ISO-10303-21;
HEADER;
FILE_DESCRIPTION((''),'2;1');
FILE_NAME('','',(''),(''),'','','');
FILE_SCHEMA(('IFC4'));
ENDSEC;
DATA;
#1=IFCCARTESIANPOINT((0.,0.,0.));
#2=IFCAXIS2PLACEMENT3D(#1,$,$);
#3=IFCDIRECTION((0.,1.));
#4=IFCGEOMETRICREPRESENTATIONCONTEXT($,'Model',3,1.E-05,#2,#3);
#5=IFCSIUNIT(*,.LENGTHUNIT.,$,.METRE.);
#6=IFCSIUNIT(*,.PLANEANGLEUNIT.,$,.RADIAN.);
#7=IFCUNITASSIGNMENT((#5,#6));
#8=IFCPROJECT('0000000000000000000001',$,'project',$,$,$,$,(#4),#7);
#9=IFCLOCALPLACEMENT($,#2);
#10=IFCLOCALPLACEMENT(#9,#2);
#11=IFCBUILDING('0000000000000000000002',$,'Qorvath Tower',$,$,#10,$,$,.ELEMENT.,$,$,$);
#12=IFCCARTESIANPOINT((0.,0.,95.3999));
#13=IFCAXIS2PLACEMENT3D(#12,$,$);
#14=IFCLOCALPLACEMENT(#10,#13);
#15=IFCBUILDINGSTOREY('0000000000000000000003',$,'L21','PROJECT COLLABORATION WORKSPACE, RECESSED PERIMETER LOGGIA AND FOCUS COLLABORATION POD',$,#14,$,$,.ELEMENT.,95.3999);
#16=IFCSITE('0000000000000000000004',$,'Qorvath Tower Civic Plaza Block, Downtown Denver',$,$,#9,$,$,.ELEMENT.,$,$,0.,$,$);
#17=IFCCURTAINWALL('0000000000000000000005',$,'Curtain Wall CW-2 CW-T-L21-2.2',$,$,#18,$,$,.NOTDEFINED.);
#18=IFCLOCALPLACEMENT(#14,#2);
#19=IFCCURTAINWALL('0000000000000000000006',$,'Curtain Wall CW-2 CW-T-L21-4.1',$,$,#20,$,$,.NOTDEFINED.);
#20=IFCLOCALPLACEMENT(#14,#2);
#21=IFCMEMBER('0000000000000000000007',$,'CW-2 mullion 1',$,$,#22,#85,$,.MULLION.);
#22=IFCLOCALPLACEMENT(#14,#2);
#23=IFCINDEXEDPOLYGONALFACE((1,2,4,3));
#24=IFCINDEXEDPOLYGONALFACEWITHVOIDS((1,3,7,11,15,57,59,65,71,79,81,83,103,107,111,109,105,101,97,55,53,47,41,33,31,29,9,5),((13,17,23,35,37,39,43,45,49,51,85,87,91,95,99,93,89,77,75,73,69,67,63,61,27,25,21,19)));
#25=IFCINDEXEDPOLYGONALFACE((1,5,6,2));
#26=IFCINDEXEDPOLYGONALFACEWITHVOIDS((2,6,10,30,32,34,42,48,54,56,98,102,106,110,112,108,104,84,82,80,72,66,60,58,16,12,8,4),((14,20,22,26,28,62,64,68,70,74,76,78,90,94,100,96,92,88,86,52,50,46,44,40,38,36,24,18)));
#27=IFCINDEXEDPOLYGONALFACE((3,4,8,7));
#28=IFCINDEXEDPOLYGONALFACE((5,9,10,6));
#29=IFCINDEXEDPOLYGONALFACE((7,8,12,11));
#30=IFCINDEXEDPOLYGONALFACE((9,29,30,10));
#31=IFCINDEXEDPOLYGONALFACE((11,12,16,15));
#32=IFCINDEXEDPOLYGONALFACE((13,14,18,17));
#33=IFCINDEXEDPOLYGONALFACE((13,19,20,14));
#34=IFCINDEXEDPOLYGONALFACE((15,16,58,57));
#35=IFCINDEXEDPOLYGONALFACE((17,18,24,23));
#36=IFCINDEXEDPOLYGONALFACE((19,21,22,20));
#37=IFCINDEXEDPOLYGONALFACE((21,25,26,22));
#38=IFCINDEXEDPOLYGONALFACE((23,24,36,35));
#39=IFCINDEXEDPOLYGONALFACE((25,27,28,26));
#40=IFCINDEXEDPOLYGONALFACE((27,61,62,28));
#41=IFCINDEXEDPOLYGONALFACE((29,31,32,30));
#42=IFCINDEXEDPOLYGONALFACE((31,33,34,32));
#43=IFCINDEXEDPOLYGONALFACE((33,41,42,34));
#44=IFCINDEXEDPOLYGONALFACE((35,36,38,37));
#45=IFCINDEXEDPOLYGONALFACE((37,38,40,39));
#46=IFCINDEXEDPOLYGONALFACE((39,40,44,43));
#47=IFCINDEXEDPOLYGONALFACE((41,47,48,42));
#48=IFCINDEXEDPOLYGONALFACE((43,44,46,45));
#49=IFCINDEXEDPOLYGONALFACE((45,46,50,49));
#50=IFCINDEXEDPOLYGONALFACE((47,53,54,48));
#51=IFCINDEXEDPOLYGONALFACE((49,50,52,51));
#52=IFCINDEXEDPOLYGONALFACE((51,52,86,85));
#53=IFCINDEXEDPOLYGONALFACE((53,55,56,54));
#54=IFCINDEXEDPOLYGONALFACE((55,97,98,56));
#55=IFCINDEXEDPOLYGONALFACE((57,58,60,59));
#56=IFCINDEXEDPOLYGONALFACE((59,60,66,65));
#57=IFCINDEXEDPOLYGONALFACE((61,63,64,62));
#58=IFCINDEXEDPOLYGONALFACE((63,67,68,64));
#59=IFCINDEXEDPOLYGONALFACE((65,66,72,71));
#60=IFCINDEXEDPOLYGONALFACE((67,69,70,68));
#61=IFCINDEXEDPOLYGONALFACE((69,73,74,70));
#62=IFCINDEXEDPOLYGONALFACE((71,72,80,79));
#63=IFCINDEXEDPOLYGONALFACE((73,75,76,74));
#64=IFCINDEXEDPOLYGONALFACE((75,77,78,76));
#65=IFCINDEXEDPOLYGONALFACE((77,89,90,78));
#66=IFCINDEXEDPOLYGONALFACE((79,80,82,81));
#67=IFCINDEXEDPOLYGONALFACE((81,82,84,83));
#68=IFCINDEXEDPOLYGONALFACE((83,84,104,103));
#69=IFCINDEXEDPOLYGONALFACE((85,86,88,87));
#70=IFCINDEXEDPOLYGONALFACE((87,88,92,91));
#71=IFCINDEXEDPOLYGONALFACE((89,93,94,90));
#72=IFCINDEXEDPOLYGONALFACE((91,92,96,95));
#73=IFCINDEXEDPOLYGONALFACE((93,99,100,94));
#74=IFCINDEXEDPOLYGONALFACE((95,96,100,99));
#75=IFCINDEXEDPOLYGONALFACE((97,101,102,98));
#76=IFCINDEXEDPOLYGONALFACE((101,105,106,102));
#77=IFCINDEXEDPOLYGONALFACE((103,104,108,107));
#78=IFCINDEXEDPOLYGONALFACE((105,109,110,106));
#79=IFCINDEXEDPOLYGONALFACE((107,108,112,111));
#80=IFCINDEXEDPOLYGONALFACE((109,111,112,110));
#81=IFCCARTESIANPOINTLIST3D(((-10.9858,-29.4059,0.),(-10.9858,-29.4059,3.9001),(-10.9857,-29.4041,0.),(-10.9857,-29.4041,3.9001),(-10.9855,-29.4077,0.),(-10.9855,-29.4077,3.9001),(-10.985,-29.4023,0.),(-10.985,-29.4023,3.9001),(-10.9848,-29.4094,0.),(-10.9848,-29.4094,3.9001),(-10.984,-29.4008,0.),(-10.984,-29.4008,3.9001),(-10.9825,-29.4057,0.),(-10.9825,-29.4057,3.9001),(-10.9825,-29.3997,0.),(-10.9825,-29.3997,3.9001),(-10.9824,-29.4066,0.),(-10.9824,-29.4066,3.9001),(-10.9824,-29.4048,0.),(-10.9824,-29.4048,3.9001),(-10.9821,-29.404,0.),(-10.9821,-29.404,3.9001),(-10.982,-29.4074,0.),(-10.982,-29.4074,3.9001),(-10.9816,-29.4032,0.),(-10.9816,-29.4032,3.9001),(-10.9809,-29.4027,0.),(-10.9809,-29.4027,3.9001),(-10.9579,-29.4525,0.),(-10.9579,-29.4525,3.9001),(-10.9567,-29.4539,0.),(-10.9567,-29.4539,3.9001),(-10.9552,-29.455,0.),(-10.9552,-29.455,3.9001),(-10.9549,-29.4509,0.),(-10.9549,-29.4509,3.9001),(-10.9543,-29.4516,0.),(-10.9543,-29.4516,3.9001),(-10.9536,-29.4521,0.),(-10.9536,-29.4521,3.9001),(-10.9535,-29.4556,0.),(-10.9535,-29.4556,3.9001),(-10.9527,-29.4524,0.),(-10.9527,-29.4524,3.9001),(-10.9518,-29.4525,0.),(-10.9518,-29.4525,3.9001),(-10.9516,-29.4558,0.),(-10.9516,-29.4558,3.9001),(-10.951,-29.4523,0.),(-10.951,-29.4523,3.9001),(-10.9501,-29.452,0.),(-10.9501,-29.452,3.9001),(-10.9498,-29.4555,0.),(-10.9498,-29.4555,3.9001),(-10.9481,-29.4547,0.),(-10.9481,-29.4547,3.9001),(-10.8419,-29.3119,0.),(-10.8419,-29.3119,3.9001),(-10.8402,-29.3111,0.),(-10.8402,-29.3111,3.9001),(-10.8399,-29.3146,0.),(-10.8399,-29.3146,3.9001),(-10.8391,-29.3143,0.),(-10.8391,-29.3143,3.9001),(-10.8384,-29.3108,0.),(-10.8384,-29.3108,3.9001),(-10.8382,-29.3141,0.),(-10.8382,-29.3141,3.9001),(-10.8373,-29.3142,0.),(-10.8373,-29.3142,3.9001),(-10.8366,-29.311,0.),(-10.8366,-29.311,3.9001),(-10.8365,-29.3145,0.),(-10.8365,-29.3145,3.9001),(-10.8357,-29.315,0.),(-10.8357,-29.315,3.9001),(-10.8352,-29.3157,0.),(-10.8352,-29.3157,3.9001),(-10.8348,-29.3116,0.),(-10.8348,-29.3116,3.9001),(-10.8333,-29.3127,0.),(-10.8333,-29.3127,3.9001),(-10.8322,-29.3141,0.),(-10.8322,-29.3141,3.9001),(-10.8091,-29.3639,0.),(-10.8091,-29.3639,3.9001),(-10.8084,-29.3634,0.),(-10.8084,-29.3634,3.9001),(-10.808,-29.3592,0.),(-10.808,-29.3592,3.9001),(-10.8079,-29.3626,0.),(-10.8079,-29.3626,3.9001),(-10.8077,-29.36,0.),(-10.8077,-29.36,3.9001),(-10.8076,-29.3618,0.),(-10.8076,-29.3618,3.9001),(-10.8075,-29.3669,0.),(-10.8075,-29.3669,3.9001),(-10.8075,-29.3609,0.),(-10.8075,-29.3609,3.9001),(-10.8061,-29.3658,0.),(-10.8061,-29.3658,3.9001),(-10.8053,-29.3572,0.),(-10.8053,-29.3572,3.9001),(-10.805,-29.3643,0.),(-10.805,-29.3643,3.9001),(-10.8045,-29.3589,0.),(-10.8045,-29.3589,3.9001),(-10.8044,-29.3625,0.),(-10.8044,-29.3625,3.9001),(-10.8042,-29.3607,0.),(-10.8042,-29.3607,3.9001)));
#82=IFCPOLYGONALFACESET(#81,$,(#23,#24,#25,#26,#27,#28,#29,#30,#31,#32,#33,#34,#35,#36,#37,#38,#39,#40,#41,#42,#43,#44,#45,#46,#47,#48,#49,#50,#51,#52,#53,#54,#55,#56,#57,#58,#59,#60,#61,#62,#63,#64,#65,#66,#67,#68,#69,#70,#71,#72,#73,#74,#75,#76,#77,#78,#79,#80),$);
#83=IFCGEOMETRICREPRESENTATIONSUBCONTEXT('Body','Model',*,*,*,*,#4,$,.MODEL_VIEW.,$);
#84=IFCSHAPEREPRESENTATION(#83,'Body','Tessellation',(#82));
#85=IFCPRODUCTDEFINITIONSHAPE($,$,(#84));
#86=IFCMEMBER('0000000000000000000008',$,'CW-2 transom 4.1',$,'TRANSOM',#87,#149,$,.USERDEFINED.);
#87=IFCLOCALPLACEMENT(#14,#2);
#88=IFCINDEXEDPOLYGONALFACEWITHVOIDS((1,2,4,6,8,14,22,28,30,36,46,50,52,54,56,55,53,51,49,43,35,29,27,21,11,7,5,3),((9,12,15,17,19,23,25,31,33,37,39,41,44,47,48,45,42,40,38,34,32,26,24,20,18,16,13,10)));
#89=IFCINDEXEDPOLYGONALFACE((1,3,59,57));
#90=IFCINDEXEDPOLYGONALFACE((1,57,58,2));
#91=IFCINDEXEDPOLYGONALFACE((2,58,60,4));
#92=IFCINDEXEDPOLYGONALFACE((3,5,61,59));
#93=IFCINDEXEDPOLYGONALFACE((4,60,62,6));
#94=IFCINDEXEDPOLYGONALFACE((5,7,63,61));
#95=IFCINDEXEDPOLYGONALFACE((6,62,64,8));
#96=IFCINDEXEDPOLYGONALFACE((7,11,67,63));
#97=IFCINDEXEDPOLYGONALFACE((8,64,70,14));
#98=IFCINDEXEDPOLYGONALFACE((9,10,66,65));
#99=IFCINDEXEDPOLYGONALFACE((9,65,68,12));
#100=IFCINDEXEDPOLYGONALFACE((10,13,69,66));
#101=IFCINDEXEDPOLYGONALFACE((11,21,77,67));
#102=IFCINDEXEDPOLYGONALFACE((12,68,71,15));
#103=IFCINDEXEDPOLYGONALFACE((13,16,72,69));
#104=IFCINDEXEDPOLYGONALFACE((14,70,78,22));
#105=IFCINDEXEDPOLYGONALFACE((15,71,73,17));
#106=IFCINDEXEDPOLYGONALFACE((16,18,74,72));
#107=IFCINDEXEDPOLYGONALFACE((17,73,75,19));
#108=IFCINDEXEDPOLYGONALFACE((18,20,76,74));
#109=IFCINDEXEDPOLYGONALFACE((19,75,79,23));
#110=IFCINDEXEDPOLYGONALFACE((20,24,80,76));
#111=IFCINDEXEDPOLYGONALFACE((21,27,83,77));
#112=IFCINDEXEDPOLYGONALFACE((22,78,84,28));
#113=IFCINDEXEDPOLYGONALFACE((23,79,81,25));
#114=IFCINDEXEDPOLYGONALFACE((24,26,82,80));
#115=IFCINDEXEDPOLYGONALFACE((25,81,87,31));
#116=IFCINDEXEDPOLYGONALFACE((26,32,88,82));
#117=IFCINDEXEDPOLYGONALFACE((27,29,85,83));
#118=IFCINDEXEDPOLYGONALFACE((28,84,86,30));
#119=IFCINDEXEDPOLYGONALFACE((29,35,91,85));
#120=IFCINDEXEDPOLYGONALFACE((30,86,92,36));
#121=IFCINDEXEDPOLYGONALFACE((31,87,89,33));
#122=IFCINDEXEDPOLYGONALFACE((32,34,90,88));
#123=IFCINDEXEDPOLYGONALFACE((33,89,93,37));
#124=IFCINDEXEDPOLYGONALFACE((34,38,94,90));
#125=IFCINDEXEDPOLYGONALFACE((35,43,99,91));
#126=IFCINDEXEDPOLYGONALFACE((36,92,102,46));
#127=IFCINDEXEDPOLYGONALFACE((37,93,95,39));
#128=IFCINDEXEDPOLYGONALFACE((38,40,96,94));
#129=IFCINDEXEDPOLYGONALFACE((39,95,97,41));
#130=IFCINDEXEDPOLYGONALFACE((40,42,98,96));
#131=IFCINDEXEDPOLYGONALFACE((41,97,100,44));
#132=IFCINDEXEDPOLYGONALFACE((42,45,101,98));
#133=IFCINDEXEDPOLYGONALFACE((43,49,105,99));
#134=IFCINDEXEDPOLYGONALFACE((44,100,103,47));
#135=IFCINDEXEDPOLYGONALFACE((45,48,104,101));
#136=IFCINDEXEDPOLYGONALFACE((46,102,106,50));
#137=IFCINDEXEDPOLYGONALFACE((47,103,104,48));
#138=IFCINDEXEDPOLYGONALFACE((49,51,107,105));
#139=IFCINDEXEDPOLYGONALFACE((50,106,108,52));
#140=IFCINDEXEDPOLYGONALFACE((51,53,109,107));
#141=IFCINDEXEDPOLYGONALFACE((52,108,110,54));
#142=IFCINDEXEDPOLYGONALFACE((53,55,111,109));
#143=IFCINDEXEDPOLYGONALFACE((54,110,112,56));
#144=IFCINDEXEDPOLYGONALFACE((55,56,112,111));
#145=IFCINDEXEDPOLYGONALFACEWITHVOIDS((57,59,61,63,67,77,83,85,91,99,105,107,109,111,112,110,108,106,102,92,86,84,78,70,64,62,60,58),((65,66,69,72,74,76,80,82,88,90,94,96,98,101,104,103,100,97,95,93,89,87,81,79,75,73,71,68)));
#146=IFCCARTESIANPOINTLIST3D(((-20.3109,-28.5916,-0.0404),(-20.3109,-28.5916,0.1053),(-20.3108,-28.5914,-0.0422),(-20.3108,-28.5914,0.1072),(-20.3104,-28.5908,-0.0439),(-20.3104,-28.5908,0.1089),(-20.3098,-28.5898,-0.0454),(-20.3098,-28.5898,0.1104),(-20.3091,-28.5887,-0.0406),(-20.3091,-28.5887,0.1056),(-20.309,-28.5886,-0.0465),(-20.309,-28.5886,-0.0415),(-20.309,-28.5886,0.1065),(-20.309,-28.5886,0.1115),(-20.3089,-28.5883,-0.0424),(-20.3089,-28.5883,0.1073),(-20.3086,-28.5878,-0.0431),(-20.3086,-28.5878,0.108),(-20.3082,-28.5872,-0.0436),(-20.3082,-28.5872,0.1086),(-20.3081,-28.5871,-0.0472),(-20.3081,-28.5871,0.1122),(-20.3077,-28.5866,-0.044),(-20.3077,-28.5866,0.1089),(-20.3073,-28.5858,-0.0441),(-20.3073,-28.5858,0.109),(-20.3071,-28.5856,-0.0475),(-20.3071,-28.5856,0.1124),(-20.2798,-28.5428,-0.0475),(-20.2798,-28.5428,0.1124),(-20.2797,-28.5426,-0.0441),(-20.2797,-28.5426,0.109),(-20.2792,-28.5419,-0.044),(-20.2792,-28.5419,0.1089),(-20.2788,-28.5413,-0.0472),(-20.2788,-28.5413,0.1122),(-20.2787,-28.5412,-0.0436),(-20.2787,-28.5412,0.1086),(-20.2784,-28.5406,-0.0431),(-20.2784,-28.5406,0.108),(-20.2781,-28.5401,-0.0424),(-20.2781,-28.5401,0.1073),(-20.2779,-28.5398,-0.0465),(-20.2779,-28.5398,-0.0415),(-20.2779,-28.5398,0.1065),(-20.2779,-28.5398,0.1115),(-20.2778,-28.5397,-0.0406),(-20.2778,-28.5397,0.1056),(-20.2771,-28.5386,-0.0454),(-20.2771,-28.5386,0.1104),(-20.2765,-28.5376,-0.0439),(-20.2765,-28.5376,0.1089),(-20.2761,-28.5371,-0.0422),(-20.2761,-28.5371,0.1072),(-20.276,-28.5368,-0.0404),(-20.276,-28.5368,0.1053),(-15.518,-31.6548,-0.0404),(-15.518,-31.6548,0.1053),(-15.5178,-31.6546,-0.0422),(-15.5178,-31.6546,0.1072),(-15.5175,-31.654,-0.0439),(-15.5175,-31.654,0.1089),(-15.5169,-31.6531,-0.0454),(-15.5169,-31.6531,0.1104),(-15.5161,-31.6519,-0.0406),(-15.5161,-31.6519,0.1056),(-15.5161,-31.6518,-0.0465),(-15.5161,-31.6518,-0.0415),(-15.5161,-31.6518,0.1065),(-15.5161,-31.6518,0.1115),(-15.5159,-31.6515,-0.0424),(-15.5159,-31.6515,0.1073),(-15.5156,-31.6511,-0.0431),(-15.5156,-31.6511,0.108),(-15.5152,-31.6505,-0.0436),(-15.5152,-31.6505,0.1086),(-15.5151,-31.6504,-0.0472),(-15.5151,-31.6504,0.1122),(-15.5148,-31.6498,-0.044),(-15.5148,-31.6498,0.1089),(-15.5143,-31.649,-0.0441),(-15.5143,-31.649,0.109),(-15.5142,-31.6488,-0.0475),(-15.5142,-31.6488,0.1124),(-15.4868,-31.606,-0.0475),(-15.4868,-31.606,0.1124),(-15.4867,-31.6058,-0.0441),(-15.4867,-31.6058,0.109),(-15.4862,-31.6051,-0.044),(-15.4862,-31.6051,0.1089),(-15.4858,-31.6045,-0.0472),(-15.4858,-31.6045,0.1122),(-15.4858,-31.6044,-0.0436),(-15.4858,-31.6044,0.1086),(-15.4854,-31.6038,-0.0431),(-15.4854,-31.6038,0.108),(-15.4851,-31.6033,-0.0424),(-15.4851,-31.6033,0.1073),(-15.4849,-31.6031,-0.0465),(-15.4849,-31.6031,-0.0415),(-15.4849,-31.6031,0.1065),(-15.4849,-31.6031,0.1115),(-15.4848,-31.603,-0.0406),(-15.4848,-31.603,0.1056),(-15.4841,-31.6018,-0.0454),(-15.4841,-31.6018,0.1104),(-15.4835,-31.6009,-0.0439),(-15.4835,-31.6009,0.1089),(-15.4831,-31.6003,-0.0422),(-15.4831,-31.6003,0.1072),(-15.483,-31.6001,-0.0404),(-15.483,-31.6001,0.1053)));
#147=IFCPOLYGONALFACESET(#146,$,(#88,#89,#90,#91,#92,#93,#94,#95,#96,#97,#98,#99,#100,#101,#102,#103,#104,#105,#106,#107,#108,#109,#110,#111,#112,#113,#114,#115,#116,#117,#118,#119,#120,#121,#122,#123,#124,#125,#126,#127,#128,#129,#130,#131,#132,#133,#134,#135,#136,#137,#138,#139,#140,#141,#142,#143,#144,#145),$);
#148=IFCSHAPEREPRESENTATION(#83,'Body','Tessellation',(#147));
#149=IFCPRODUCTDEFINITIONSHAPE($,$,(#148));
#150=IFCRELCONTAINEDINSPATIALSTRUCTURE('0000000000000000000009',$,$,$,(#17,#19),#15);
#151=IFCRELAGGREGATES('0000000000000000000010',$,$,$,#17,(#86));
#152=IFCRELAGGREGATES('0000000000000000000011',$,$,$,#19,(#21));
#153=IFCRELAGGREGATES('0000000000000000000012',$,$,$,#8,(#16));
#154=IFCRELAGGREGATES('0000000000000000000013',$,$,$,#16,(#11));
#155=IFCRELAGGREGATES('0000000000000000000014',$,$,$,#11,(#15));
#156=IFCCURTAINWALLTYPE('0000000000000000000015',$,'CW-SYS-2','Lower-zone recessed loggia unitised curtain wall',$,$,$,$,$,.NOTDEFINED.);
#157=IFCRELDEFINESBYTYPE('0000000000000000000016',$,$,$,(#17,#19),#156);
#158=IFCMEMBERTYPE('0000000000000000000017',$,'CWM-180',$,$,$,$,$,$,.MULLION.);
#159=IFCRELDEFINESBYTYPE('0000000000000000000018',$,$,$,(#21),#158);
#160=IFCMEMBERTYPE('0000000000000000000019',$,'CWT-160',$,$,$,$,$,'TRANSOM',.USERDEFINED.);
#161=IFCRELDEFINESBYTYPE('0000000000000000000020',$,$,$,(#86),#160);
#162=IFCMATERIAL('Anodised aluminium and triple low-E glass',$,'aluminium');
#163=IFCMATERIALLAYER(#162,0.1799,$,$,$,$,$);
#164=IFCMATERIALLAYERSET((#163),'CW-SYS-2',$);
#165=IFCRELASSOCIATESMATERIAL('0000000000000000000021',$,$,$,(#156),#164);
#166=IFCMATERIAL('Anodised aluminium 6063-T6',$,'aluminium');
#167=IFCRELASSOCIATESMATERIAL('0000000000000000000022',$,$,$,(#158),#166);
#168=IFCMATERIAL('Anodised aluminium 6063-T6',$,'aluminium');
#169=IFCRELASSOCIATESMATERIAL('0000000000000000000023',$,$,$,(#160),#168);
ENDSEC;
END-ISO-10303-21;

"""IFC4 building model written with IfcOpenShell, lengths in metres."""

from ifc_helpers import new_model, si_unit, direction, frame, origin, origin_2d, place, context, subcontext, project, spatial, hollow_rectangle, extrude, material, layer, layer_set, material_profile, profile_set, type_object, element, aggregate, save


model = new_model("IFC4")

# Units and contexts
model_context = context("Model", 3, precision=1e-05, world=origin(), true_north=direction((0.0, 1.0)))
body_context = subcontext(model_context, "Body", "Model", "MODEL_VIEW")
ifc_project = project(units=[si_unit("LENGTHUNIT", "METRE"), si_unit("PLANEANGLEUNIT", "RADIAN")], contexts=[model_context])

# Site, building, storey
site_placement = place(None, origin())
site = spatial("IfcSite", under=ifc_project, at=site_placement, Name="Qorvath Tower Civic Plaza Block, Downtown Denver", CompositionType="ELEMENT", RefElevation=0.0)
building_placement = place(site_placement, origin())
building = spatial("IfcBuilding", under=site, at=building_placement, Name="Qorvath Tower", CompositionType="ELEMENT")
storey_placement = place(building_placement, frame((0.0, 0.0, 95.3999)))
storey = spatial("IfcBuildingStorey", under=building, at=storey_placement, Name="L21", Description="PROJECT COLLABORATION WORKSPACE, RECESSED PERIMETER LOGGIA AND FOCUS COLLABORATION POD", CompositionType="ELEMENT", Elevation=95.3999)

# Curtain wall
ifc_material_1 = material(Name="Anodised aluminium and triple low-E glass", Category="aluminium")
ifc_layer_1 = layer(ifc_material_1, 0.1799)
ifc_layer_set_1 = layer_set([ifc_layer_1], Name="CW-SYS-2")
curtain_wall_type = type_object("IfcCurtainWallType", Name="CW-SYS-2", Description="Lower-zone recessed loggia unitised curtain wall", PredefinedType="NOTDEFINED", material=ifc_layer_set_1)
curtain_wall_1_placement = place(storey_placement, origin())
curtain_wall_1 = element("IfcCurtainWall", 1, at=curtain_wall_1_placement, inside=storey, type_object=curtain_wall_type, Name="Curtain Wall CW-2 CW-T-L21-2.2", PredefinedType="NOTDEFINED")
ifc_material_2 = material(Name="Anodised aluminium 6063-T6", Category="aluminium")
ifc_material_profile_1 = material_profile(ifc_material_2, hollow_rectangle(XDim=0.0649, YDim=0.1799, WallThickness=0.0034, InnerFilletRadius=0.0034, OuterFilletRadius=0.0071, at=origin_2d()), Name="CWM 180x65")
ifc_profile_set_1 = profile_set([ifc_material_profile_1], Name="Anodised aluminium 6063-T6")
member_type_1 = type_object("IfcMemberType", Name="CWM-180", PredefinedType="MULLION", material=ifc_profile_set_1)

# Curtain wall, member
curtain_wall_2_placement = place(storey_placement, origin())
curtain_wall_2 = element("IfcCurtainWall", 2, at=curtain_wall_2_placement, inside=storey, type_object=curtain_wall_type, Name="Curtain Wall CW-2 CW-T-L21-4.1", PredefinedType="NOTDEFINED")
member_1_placement = place(storey_placement, frame((-10.895, -29.3833, 0.0), z_axis=(0.0, 0.0, 1.0), x_axis=(-0.529596, 0.84825, 0.0)))
member_1 = element("IfcMember", 3, at=member_1_placement, type_object=member_type_1, Name="CW-2 mullion 1", PredefinedType="MULLION", context=body_context, shape_type="SweptSolid", body=[
    extrude(hollow_rectangle(XDim=0.0649, YDim=0.1799, WallThickness=0.0034, InnerFilletRadius=0.0034, OuterFilletRadius=0.0071, at=origin_2d()), origin(), (0.0, 0.0, 1.0), 3.9001),
])

# Member
ifc_material_3 = material(Name="Anodised aluminium 6063-T6", Category="aluminium")
ifc_material_profile_2 = material_profile(ifc_material_3, hollow_rectangle(XDim=0.0649, YDim=0.1599, WallThickness=0.0034, InnerFilletRadius=0.0034, OuterFilletRadius=0.0071, at=origin_2d()), Name="CWT 160x65")
ifc_profile_set_2 = profile_set([ifc_material_profile_2], Name="Anodised aluminium 6063-T6")
member_type_2 = type_object("IfcMemberType", Name="CWT-160", ElementType="TRANSOM", PredefinedType="USERDEFINED", material=ifc_profile_set_2)
member_2_placement = place(storey_placement, frame((-20.2935, -28.5642, 0.0325), z_axis=(0.842612, -0.538521, 0.0), x_axis=(0.538521, 0.842612, 0.0)))
member_2 = element("IfcMember", 4, at=member_2_placement, type_object=member_type_2, Name="CW-2 transom 4.1", ObjectType="TRANSOM", PredefinedType="USERDEFINED", context=body_context, shape_type="SweptSolid", body=[
    extrude(hollow_rectangle(XDim=0.0649, YDim=0.1599, WallThickness=0.0034, InnerFilletRadius=0.0034, OuterFilletRadius=0.0071, at=origin_2d()), origin(), (0.0, 0.0, 1.0), 5.6882),
])

aggregate(curtain_wall_1, [member_2])
aggregate(curtain_wall_2, [member_1])

save(model, "model.ifc")
